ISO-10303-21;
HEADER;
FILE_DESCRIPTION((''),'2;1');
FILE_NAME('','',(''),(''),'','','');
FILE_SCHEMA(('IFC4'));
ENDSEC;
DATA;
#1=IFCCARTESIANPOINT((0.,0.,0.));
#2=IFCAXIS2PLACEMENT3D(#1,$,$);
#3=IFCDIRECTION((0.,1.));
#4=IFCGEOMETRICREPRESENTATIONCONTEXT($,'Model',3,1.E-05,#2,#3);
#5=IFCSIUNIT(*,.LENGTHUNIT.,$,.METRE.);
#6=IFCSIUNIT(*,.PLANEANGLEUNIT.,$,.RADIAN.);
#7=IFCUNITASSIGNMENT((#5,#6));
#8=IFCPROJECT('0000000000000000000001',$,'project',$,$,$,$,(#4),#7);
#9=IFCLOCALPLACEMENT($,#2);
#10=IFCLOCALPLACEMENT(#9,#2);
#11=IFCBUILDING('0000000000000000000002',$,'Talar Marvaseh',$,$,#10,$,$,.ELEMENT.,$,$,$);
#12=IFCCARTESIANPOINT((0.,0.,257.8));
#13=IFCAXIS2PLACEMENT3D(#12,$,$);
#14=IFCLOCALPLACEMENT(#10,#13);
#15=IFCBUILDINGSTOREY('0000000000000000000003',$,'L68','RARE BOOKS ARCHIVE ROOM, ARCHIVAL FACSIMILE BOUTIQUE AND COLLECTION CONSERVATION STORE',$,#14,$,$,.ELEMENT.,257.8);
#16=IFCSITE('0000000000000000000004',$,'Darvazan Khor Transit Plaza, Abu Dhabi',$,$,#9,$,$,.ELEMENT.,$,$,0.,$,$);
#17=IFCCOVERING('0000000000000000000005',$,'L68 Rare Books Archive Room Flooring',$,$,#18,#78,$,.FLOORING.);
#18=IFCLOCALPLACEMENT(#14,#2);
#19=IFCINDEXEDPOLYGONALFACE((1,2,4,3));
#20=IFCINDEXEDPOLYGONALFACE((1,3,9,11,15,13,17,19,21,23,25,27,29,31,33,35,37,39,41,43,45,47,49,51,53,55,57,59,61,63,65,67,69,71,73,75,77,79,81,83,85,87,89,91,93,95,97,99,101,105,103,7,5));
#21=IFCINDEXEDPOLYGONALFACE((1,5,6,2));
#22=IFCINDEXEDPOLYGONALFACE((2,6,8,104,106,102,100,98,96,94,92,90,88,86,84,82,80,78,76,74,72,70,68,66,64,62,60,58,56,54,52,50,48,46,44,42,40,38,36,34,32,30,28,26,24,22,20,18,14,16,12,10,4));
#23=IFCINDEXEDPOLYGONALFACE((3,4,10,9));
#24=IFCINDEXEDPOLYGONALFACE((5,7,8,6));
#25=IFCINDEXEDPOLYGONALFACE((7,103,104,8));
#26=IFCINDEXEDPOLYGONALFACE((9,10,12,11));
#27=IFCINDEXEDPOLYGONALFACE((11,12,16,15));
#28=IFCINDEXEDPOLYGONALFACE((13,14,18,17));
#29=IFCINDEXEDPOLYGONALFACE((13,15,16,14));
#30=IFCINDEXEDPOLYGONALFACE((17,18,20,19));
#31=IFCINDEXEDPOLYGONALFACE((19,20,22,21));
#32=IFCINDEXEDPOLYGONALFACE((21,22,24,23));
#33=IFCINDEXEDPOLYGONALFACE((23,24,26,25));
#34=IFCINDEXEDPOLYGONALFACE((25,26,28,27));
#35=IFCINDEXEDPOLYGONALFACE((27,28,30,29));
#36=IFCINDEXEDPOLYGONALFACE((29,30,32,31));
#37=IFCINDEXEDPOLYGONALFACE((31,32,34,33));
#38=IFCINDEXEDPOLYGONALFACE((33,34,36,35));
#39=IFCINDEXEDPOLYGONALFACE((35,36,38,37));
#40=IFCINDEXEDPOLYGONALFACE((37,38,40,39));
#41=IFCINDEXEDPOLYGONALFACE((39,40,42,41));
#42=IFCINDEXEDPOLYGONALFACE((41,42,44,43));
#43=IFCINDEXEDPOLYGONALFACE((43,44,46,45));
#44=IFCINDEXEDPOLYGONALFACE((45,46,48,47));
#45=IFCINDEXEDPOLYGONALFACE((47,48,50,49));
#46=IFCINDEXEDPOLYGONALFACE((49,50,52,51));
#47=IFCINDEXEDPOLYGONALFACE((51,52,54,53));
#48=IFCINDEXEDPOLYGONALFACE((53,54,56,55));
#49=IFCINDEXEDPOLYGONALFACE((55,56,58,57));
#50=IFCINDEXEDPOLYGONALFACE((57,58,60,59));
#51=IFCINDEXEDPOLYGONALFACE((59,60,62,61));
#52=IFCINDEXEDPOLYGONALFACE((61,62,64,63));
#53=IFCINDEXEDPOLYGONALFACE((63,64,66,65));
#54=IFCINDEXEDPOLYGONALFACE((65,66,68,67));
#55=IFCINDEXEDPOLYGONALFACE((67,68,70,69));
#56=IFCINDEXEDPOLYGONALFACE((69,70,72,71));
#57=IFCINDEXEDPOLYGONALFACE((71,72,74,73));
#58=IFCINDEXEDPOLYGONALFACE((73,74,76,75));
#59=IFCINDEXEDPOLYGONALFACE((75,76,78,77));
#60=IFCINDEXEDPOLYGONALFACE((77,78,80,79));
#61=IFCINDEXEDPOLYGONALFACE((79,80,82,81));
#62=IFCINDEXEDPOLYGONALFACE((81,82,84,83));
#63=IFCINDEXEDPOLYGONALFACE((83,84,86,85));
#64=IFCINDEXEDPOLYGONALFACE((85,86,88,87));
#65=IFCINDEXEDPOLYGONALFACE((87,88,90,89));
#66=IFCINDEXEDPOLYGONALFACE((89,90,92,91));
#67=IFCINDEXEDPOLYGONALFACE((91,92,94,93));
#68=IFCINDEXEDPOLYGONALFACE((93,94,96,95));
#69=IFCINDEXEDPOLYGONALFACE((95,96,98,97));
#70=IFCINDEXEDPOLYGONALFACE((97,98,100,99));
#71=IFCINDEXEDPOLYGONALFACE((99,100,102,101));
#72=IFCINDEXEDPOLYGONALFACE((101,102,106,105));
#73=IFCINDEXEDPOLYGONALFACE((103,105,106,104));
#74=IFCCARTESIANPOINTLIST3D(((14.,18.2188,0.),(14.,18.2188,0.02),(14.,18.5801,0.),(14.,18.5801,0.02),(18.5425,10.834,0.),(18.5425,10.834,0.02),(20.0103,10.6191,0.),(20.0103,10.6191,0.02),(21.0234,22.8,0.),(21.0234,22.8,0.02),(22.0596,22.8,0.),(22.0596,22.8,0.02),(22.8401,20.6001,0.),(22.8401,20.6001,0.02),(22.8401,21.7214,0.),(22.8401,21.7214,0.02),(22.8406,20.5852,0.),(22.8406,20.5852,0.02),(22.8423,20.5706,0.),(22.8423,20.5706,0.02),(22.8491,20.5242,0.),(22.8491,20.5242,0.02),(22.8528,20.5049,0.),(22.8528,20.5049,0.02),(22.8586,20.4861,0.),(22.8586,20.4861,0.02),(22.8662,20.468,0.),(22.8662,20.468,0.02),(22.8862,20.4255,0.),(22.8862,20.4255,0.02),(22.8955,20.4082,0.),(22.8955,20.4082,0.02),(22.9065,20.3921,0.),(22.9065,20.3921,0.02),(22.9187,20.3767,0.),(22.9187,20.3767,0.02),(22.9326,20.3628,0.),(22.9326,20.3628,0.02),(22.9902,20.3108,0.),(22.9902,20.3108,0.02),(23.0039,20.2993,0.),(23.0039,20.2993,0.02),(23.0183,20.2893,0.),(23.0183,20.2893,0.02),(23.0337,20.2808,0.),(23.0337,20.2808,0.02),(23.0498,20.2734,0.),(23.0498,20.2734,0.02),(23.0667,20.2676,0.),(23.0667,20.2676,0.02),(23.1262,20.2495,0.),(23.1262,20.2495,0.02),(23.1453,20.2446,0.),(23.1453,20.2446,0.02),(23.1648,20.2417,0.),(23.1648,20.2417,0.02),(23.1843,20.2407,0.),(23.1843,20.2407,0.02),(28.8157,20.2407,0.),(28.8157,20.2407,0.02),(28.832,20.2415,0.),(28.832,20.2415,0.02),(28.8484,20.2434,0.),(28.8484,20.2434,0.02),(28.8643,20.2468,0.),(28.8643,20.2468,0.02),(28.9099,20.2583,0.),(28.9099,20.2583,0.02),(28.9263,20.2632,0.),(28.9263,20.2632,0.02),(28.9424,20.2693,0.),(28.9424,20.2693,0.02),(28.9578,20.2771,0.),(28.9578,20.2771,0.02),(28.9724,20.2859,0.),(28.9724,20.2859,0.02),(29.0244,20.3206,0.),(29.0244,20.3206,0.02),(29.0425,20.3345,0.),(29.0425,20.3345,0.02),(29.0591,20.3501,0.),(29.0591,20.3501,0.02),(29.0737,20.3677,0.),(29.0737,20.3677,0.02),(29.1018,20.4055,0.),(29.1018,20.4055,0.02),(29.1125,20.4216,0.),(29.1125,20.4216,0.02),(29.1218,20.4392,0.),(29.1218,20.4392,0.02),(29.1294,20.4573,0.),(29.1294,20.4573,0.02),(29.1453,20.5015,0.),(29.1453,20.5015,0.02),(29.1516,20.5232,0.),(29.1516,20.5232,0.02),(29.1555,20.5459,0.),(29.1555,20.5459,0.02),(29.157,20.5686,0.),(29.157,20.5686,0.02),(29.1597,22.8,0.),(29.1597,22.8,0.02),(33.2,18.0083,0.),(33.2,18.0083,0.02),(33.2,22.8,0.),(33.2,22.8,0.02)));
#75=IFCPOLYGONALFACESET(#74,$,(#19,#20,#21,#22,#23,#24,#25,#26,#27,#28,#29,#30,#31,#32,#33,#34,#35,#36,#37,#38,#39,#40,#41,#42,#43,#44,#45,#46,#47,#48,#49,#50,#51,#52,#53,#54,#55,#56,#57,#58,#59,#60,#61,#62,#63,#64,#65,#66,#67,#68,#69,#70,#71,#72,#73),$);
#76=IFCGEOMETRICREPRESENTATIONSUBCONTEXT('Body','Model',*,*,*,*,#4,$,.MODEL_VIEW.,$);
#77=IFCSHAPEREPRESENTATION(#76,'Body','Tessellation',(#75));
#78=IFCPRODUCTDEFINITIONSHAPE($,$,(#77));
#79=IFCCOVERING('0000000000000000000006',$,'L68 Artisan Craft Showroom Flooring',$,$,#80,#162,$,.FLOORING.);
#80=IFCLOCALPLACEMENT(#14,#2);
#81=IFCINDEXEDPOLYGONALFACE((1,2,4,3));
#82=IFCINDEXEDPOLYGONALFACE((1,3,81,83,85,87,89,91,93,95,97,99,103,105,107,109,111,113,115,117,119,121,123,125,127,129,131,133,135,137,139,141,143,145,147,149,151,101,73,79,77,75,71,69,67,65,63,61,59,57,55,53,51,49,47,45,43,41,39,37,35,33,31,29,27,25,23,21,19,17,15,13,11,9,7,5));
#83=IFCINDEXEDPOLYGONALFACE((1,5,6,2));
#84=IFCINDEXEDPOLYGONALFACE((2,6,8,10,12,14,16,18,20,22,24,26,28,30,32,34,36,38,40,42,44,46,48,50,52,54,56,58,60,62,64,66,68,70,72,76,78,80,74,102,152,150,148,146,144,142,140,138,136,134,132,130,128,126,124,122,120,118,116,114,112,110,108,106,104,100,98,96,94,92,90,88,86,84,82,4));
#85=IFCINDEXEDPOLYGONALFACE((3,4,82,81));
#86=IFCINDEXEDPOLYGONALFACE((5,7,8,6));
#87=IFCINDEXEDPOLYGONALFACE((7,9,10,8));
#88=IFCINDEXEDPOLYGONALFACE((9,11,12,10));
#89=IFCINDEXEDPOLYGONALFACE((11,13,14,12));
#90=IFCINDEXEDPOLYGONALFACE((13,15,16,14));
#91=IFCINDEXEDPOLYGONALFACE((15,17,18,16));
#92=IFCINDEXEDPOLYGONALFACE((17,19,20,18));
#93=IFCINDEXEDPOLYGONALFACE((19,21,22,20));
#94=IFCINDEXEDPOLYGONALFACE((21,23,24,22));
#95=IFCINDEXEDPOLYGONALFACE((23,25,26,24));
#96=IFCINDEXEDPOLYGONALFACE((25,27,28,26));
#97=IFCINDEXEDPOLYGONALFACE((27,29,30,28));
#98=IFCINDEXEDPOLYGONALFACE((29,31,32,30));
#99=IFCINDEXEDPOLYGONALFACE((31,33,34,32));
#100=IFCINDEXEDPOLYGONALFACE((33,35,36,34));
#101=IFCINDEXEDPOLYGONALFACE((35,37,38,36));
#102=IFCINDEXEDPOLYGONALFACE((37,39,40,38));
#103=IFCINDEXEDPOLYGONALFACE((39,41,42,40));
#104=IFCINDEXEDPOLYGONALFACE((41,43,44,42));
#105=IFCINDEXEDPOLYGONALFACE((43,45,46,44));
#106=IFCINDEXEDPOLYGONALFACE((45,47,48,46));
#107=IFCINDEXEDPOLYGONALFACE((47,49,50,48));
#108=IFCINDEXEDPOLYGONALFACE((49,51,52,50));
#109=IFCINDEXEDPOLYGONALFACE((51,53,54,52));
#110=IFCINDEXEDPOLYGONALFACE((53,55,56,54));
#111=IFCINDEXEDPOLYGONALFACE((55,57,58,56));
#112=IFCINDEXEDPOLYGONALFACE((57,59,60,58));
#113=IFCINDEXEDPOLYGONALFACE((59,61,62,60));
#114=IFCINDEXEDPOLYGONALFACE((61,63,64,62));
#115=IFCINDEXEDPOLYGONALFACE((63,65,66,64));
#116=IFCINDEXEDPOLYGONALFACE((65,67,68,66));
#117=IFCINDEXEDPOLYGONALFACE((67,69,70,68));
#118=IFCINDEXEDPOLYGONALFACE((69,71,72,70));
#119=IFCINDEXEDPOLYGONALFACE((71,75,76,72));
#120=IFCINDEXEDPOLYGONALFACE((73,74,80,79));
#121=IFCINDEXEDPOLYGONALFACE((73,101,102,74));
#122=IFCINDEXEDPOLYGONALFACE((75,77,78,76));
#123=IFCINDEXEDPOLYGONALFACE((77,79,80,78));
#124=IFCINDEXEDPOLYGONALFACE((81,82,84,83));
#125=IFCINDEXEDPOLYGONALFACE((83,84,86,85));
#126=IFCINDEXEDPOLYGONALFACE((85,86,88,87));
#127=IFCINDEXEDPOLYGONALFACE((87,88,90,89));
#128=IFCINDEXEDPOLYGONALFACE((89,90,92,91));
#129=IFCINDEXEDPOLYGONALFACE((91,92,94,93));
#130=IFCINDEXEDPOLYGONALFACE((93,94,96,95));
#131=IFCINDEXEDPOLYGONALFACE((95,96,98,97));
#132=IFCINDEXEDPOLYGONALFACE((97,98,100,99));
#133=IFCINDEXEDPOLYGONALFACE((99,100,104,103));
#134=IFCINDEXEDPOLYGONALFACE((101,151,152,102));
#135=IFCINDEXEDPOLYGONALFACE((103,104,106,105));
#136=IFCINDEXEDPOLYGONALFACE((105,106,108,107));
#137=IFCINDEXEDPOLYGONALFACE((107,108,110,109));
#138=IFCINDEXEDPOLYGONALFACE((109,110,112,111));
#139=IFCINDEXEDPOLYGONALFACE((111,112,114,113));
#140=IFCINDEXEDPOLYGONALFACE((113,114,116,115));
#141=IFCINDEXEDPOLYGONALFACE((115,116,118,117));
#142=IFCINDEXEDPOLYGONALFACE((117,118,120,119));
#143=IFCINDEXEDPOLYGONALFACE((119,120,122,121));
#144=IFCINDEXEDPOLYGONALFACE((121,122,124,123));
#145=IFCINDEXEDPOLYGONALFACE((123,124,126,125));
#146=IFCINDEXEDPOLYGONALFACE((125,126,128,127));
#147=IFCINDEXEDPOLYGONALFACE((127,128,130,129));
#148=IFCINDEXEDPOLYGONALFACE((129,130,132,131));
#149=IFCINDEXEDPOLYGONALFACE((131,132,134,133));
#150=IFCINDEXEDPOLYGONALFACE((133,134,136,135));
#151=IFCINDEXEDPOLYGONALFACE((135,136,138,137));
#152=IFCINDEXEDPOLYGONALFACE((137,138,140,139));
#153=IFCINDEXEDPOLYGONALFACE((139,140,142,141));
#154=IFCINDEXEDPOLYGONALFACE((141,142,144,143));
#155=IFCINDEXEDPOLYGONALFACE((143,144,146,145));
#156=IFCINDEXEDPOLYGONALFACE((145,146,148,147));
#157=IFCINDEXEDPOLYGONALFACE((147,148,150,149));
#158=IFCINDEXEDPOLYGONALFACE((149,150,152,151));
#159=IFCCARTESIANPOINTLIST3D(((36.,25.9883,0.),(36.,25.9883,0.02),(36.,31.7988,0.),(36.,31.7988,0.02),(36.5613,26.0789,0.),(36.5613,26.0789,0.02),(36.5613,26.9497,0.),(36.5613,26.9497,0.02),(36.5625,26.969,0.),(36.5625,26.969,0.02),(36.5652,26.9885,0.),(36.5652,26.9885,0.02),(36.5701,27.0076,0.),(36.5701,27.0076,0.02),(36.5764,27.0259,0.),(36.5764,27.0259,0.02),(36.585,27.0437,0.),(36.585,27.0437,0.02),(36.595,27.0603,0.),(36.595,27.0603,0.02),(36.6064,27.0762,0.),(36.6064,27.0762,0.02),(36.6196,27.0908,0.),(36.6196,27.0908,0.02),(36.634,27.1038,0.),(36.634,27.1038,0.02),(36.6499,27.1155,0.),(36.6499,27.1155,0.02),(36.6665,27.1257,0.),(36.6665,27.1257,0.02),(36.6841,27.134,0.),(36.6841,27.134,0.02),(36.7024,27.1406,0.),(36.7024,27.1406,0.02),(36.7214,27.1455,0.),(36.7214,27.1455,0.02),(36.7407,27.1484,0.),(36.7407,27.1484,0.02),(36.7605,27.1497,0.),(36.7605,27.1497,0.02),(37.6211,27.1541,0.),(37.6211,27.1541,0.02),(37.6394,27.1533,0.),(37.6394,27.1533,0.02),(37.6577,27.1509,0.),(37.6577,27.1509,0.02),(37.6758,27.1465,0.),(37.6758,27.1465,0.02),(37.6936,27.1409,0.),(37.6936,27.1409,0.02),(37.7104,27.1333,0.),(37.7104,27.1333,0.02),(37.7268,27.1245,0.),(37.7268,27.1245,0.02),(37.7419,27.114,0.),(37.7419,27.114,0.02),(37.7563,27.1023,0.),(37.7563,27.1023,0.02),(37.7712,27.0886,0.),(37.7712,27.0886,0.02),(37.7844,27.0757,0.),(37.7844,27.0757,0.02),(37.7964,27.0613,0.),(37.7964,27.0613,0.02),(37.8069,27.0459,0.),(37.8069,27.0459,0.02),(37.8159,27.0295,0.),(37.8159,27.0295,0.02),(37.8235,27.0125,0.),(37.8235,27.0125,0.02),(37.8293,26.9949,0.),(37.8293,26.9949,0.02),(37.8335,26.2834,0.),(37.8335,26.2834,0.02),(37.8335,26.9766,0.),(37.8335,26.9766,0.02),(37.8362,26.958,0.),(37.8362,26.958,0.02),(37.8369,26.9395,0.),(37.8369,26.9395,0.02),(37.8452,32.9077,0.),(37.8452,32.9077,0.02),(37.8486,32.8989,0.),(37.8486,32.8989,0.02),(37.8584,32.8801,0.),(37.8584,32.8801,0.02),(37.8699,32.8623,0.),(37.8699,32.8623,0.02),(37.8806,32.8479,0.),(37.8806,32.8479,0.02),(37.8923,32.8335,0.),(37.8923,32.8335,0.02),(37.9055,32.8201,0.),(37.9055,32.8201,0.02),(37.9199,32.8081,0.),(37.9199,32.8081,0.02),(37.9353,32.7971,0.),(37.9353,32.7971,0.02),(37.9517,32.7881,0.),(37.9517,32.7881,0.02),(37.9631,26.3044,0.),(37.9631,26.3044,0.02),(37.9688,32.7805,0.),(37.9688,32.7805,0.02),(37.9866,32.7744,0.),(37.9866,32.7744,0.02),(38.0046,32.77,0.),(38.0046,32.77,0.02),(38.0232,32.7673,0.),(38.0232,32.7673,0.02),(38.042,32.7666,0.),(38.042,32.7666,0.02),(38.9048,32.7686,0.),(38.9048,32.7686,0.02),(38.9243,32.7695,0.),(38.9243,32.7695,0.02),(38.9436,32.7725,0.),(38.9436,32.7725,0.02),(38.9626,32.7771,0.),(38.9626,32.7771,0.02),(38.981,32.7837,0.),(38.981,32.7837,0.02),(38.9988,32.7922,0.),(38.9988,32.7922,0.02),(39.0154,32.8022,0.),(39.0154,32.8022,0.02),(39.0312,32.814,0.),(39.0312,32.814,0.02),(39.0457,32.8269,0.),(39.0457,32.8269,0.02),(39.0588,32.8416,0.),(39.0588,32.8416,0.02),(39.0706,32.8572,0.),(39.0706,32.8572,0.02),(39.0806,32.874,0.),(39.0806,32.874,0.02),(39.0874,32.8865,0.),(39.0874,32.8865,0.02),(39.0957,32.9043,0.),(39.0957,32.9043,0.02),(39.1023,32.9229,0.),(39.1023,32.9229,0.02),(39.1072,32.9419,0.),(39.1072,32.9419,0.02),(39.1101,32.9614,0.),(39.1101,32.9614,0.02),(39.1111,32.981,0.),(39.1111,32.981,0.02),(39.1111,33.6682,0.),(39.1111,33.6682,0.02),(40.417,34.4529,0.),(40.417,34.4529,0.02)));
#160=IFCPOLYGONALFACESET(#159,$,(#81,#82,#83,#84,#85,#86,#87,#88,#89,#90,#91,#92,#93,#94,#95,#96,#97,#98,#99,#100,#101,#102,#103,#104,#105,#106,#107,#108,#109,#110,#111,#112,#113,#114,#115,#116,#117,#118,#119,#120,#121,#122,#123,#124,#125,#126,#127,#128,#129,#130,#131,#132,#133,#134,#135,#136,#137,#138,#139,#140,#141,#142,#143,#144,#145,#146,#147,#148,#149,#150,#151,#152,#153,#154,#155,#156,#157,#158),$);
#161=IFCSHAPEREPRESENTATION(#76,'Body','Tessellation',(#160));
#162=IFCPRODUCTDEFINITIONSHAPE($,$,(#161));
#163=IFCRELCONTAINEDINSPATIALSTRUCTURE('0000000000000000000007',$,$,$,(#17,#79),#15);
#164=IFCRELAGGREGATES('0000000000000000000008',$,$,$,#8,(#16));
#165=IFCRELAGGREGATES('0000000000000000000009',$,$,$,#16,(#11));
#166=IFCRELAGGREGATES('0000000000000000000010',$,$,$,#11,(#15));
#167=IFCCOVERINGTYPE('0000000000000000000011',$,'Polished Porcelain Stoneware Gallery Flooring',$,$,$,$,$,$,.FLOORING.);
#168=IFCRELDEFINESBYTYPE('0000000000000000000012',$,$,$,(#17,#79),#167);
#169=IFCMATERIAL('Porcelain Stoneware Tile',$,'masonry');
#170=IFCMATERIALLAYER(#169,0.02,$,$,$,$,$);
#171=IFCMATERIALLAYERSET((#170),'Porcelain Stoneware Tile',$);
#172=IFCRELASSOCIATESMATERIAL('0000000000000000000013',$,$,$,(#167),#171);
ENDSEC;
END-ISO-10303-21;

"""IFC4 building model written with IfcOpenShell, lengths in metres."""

from ifc_helpers import new_model, si_unit, direction, frame, origin, place, context, subcontext, project, spatial, polyline, outline, extrude, material, layer, layer_set, type_object, element, save


model = new_model("IFC4")

# Units and contexts
model_context = context("Model", 3, precision=1e-05, world=origin(), true_north=direction((0.0, 1.0)))
body_context = subcontext(model_context, "Body", "Model", "MODEL_VIEW")
ifc_project = project(units=[si_unit("LENGTHUNIT", "METRE"), si_unit("PLANEANGLEUNIT", "RADIAN")], contexts=[model_context])

# Site, building, storey
site_placement = place(None, origin())
site = spatial("IfcSite", under=ifc_project, at=site_placement, Name="Darvazan Khor Transit Plaza, Abu Dhabi", CompositionType="ELEMENT", RefElevation=0.0)
building_placement = place(site_placement, origin())
building = spatial("IfcBuilding", under=site, at=building_placement, Name="Talar Marvaseh", CompositionType="ELEMENT")
storey_placement = place(building_placement, frame((0.0, 0.0, 257.8)))
storey = spatial("IfcBuildingStorey", under=building, at=storey_placement, Name="L68", Description="RARE BOOKS ARCHIVE ROOM, ARCHIVAL FACSIMILE BOUTIQUE AND COLLECTION CONSERVATION STORE", CompositionType="ELEMENT", Elevation=257.8)

# Coverings
ifc_material_1 = material(Name="Porcelain Stoneware Tile", Category="masonry")
ifc_layer_1 = layer(ifc_material_1, 0.02)
ifc_layer_set_1 = layer_set([ifc_layer_1], Name="Porcelain Stoneware Tile")
covering_type_1 = type_object("IfcCoveringType", Name="Polished Porcelain Stoneware Gallery Flooring", PredefinedType="FLOORING", material=ifc_layer_set_1)
covering_1_placement = place(storey_placement, origin())
element("IfcCovering", 1, at=covering_1_placement, inside=storey, type_object=covering_type_1, Name="L68 Rare Books Archive Room Flooring", PredefinedType="FLOORING", context=body_context, shape_type="SweptSolid", body=[
    extrude(outline(polyline([(22.8401, 21.7214), (22.8401, 20.6001), (22.8406, 20.5852), (22.8423, 20.5706), (22.8491, 20.5242), (22.8528, 20.5049), (22.8586, 20.4861), (22.8662, 20.468), (22.8862, 20.4255), (22.8955, 20.4082), (22.9065, 20.3921), (22.9187, 20.3767), (22.9326, 20.3628), (22.9902, 20.3108), (23.0039, 20.2993), (23.0183, 20.2893), (23.0337, 20.2808), (23.0498, 20.2734), (23.0667, 20.2676), (23.1262, 20.2495), (23.1453, 20.2446), (23.1648, 20.2417), (23.1843, 20.2407), (28.8157, 20.2407), (28.832, 20.2415), (28.8484, 20.2434), (28.8643, 20.2468), (28.9099, 20.2583), (28.9263, 20.2632), (28.9424, 20.2693), (28.9578, 20.2771), (28.9724, 20.2859), (29.0244, 20.3206), (29.0425, 20.3345), (29.0591, 20.3501), (29.0737, 20.3677), (29.1018, 20.4055), (29.1125, 20.4216), (29.1218, 20.4392), (29.1294, 20.4573), (29.1453, 20.5015), (29.1516, 20.5232), (29.1555, 20.5459), (29.157, 20.5686), (29.1597, 22.8), (33.2, 22.8), (33.2, 18.0083), (20.0103, 10.6191), (18.5425, 10.834), (14.0, 18.2188), (14.0, 18.5801), (21.0234, 22.8), (22.0596, 22.8), (22.8401, 21.7214)])), origin(), (0.0, 0.0, 1.0), 0.02),
])
covering_2_placement = place(storey_placement, origin())
element("IfcCovering", 2, at=covering_2_placement, inside=storey, type_object=covering_type_1, Name="L68 Artisan Craft Showroom Flooring", PredefinedType="FLOORING", context=body_context, shape_type="SweptSolid", body=[
    extrude(outline(polyline([(37.8486, 32.8989), (37.8584, 32.8801), (37.8699, 32.8623), (37.8806, 32.8479), (37.8923, 32.8335), (37.9055, 32.8201), (37.9199, 32.8081), (37.9353, 32.7971), (37.9517, 32.7881), (37.9688, 32.7805), (37.9866, 32.7744), (38.0046, 32.77), (38.0232, 32.7673), (38.042, 32.7666), (38.9048, 32.7686), (38.9243, 32.7695), (38.9436, 32.7725), (38.9626, 32.7771), (38.981, 32.7837), (38.9988, 32.7922), (39.0154, 32.8022), (39.0312, 32.814), (39.0457, 32.8269), (39.0588, 32.8416), (39.0706, 32.8572), (39.0806, 32.874), (39.0874, 32.8865), (39.0957, 32.9043), (39.1023, 32.9229), (39.1072, 32.9419), (39.1101, 32.9614), (39.1111, 32.981), (39.1111, 33.6682), (40.417, 34.4529), (37.9631, 26.3044), (37.8335, 26.2834), (37.8369, 26.9395), (37.8362, 26.958), (37.8335, 26.9766), (37.8293, 26.9949), (37.8235, 27.0125), (37.8159, 27.0295), (37.8069, 27.0459), (37.7964, 27.0613), (37.7844, 27.0757), (37.7712, 27.0886), (37.7563, 27.1023), (37.7419, 27.114), (37.7268, 27.1245), (37.7104, 27.1333), (37.6936, 27.1409), (37.6758, 27.1465), (37.6577, 27.1509), (37.6394, 27.1533), (37.6211, 27.1541), (36.7605, 27.1497), (36.7407, 27.1484), (36.7214, 27.1455), (36.7024, 27.1406), (36.6841, 27.134), (36.6665, 27.1257), (36.6499, 27.1155), (36.634, 27.1038), (36.6196, 27.0908), (36.6064, 27.0762), (36.595, 27.0603), (36.585, 27.0437), (36.5764, 27.0259), (36.5701, 27.0076), (36.5652, 26.9885), (36.5625, 26.969), (36.5613, 26.9497), (36.5613, 26.0789), (36.0, 25.9883), (36.0, 31.7988), (37.8452, 32.9077), (37.8486, 32.8989)])), origin(), (0.0, 0.0, 1.0), 0.02),
])

save(model, "model.ifc")
